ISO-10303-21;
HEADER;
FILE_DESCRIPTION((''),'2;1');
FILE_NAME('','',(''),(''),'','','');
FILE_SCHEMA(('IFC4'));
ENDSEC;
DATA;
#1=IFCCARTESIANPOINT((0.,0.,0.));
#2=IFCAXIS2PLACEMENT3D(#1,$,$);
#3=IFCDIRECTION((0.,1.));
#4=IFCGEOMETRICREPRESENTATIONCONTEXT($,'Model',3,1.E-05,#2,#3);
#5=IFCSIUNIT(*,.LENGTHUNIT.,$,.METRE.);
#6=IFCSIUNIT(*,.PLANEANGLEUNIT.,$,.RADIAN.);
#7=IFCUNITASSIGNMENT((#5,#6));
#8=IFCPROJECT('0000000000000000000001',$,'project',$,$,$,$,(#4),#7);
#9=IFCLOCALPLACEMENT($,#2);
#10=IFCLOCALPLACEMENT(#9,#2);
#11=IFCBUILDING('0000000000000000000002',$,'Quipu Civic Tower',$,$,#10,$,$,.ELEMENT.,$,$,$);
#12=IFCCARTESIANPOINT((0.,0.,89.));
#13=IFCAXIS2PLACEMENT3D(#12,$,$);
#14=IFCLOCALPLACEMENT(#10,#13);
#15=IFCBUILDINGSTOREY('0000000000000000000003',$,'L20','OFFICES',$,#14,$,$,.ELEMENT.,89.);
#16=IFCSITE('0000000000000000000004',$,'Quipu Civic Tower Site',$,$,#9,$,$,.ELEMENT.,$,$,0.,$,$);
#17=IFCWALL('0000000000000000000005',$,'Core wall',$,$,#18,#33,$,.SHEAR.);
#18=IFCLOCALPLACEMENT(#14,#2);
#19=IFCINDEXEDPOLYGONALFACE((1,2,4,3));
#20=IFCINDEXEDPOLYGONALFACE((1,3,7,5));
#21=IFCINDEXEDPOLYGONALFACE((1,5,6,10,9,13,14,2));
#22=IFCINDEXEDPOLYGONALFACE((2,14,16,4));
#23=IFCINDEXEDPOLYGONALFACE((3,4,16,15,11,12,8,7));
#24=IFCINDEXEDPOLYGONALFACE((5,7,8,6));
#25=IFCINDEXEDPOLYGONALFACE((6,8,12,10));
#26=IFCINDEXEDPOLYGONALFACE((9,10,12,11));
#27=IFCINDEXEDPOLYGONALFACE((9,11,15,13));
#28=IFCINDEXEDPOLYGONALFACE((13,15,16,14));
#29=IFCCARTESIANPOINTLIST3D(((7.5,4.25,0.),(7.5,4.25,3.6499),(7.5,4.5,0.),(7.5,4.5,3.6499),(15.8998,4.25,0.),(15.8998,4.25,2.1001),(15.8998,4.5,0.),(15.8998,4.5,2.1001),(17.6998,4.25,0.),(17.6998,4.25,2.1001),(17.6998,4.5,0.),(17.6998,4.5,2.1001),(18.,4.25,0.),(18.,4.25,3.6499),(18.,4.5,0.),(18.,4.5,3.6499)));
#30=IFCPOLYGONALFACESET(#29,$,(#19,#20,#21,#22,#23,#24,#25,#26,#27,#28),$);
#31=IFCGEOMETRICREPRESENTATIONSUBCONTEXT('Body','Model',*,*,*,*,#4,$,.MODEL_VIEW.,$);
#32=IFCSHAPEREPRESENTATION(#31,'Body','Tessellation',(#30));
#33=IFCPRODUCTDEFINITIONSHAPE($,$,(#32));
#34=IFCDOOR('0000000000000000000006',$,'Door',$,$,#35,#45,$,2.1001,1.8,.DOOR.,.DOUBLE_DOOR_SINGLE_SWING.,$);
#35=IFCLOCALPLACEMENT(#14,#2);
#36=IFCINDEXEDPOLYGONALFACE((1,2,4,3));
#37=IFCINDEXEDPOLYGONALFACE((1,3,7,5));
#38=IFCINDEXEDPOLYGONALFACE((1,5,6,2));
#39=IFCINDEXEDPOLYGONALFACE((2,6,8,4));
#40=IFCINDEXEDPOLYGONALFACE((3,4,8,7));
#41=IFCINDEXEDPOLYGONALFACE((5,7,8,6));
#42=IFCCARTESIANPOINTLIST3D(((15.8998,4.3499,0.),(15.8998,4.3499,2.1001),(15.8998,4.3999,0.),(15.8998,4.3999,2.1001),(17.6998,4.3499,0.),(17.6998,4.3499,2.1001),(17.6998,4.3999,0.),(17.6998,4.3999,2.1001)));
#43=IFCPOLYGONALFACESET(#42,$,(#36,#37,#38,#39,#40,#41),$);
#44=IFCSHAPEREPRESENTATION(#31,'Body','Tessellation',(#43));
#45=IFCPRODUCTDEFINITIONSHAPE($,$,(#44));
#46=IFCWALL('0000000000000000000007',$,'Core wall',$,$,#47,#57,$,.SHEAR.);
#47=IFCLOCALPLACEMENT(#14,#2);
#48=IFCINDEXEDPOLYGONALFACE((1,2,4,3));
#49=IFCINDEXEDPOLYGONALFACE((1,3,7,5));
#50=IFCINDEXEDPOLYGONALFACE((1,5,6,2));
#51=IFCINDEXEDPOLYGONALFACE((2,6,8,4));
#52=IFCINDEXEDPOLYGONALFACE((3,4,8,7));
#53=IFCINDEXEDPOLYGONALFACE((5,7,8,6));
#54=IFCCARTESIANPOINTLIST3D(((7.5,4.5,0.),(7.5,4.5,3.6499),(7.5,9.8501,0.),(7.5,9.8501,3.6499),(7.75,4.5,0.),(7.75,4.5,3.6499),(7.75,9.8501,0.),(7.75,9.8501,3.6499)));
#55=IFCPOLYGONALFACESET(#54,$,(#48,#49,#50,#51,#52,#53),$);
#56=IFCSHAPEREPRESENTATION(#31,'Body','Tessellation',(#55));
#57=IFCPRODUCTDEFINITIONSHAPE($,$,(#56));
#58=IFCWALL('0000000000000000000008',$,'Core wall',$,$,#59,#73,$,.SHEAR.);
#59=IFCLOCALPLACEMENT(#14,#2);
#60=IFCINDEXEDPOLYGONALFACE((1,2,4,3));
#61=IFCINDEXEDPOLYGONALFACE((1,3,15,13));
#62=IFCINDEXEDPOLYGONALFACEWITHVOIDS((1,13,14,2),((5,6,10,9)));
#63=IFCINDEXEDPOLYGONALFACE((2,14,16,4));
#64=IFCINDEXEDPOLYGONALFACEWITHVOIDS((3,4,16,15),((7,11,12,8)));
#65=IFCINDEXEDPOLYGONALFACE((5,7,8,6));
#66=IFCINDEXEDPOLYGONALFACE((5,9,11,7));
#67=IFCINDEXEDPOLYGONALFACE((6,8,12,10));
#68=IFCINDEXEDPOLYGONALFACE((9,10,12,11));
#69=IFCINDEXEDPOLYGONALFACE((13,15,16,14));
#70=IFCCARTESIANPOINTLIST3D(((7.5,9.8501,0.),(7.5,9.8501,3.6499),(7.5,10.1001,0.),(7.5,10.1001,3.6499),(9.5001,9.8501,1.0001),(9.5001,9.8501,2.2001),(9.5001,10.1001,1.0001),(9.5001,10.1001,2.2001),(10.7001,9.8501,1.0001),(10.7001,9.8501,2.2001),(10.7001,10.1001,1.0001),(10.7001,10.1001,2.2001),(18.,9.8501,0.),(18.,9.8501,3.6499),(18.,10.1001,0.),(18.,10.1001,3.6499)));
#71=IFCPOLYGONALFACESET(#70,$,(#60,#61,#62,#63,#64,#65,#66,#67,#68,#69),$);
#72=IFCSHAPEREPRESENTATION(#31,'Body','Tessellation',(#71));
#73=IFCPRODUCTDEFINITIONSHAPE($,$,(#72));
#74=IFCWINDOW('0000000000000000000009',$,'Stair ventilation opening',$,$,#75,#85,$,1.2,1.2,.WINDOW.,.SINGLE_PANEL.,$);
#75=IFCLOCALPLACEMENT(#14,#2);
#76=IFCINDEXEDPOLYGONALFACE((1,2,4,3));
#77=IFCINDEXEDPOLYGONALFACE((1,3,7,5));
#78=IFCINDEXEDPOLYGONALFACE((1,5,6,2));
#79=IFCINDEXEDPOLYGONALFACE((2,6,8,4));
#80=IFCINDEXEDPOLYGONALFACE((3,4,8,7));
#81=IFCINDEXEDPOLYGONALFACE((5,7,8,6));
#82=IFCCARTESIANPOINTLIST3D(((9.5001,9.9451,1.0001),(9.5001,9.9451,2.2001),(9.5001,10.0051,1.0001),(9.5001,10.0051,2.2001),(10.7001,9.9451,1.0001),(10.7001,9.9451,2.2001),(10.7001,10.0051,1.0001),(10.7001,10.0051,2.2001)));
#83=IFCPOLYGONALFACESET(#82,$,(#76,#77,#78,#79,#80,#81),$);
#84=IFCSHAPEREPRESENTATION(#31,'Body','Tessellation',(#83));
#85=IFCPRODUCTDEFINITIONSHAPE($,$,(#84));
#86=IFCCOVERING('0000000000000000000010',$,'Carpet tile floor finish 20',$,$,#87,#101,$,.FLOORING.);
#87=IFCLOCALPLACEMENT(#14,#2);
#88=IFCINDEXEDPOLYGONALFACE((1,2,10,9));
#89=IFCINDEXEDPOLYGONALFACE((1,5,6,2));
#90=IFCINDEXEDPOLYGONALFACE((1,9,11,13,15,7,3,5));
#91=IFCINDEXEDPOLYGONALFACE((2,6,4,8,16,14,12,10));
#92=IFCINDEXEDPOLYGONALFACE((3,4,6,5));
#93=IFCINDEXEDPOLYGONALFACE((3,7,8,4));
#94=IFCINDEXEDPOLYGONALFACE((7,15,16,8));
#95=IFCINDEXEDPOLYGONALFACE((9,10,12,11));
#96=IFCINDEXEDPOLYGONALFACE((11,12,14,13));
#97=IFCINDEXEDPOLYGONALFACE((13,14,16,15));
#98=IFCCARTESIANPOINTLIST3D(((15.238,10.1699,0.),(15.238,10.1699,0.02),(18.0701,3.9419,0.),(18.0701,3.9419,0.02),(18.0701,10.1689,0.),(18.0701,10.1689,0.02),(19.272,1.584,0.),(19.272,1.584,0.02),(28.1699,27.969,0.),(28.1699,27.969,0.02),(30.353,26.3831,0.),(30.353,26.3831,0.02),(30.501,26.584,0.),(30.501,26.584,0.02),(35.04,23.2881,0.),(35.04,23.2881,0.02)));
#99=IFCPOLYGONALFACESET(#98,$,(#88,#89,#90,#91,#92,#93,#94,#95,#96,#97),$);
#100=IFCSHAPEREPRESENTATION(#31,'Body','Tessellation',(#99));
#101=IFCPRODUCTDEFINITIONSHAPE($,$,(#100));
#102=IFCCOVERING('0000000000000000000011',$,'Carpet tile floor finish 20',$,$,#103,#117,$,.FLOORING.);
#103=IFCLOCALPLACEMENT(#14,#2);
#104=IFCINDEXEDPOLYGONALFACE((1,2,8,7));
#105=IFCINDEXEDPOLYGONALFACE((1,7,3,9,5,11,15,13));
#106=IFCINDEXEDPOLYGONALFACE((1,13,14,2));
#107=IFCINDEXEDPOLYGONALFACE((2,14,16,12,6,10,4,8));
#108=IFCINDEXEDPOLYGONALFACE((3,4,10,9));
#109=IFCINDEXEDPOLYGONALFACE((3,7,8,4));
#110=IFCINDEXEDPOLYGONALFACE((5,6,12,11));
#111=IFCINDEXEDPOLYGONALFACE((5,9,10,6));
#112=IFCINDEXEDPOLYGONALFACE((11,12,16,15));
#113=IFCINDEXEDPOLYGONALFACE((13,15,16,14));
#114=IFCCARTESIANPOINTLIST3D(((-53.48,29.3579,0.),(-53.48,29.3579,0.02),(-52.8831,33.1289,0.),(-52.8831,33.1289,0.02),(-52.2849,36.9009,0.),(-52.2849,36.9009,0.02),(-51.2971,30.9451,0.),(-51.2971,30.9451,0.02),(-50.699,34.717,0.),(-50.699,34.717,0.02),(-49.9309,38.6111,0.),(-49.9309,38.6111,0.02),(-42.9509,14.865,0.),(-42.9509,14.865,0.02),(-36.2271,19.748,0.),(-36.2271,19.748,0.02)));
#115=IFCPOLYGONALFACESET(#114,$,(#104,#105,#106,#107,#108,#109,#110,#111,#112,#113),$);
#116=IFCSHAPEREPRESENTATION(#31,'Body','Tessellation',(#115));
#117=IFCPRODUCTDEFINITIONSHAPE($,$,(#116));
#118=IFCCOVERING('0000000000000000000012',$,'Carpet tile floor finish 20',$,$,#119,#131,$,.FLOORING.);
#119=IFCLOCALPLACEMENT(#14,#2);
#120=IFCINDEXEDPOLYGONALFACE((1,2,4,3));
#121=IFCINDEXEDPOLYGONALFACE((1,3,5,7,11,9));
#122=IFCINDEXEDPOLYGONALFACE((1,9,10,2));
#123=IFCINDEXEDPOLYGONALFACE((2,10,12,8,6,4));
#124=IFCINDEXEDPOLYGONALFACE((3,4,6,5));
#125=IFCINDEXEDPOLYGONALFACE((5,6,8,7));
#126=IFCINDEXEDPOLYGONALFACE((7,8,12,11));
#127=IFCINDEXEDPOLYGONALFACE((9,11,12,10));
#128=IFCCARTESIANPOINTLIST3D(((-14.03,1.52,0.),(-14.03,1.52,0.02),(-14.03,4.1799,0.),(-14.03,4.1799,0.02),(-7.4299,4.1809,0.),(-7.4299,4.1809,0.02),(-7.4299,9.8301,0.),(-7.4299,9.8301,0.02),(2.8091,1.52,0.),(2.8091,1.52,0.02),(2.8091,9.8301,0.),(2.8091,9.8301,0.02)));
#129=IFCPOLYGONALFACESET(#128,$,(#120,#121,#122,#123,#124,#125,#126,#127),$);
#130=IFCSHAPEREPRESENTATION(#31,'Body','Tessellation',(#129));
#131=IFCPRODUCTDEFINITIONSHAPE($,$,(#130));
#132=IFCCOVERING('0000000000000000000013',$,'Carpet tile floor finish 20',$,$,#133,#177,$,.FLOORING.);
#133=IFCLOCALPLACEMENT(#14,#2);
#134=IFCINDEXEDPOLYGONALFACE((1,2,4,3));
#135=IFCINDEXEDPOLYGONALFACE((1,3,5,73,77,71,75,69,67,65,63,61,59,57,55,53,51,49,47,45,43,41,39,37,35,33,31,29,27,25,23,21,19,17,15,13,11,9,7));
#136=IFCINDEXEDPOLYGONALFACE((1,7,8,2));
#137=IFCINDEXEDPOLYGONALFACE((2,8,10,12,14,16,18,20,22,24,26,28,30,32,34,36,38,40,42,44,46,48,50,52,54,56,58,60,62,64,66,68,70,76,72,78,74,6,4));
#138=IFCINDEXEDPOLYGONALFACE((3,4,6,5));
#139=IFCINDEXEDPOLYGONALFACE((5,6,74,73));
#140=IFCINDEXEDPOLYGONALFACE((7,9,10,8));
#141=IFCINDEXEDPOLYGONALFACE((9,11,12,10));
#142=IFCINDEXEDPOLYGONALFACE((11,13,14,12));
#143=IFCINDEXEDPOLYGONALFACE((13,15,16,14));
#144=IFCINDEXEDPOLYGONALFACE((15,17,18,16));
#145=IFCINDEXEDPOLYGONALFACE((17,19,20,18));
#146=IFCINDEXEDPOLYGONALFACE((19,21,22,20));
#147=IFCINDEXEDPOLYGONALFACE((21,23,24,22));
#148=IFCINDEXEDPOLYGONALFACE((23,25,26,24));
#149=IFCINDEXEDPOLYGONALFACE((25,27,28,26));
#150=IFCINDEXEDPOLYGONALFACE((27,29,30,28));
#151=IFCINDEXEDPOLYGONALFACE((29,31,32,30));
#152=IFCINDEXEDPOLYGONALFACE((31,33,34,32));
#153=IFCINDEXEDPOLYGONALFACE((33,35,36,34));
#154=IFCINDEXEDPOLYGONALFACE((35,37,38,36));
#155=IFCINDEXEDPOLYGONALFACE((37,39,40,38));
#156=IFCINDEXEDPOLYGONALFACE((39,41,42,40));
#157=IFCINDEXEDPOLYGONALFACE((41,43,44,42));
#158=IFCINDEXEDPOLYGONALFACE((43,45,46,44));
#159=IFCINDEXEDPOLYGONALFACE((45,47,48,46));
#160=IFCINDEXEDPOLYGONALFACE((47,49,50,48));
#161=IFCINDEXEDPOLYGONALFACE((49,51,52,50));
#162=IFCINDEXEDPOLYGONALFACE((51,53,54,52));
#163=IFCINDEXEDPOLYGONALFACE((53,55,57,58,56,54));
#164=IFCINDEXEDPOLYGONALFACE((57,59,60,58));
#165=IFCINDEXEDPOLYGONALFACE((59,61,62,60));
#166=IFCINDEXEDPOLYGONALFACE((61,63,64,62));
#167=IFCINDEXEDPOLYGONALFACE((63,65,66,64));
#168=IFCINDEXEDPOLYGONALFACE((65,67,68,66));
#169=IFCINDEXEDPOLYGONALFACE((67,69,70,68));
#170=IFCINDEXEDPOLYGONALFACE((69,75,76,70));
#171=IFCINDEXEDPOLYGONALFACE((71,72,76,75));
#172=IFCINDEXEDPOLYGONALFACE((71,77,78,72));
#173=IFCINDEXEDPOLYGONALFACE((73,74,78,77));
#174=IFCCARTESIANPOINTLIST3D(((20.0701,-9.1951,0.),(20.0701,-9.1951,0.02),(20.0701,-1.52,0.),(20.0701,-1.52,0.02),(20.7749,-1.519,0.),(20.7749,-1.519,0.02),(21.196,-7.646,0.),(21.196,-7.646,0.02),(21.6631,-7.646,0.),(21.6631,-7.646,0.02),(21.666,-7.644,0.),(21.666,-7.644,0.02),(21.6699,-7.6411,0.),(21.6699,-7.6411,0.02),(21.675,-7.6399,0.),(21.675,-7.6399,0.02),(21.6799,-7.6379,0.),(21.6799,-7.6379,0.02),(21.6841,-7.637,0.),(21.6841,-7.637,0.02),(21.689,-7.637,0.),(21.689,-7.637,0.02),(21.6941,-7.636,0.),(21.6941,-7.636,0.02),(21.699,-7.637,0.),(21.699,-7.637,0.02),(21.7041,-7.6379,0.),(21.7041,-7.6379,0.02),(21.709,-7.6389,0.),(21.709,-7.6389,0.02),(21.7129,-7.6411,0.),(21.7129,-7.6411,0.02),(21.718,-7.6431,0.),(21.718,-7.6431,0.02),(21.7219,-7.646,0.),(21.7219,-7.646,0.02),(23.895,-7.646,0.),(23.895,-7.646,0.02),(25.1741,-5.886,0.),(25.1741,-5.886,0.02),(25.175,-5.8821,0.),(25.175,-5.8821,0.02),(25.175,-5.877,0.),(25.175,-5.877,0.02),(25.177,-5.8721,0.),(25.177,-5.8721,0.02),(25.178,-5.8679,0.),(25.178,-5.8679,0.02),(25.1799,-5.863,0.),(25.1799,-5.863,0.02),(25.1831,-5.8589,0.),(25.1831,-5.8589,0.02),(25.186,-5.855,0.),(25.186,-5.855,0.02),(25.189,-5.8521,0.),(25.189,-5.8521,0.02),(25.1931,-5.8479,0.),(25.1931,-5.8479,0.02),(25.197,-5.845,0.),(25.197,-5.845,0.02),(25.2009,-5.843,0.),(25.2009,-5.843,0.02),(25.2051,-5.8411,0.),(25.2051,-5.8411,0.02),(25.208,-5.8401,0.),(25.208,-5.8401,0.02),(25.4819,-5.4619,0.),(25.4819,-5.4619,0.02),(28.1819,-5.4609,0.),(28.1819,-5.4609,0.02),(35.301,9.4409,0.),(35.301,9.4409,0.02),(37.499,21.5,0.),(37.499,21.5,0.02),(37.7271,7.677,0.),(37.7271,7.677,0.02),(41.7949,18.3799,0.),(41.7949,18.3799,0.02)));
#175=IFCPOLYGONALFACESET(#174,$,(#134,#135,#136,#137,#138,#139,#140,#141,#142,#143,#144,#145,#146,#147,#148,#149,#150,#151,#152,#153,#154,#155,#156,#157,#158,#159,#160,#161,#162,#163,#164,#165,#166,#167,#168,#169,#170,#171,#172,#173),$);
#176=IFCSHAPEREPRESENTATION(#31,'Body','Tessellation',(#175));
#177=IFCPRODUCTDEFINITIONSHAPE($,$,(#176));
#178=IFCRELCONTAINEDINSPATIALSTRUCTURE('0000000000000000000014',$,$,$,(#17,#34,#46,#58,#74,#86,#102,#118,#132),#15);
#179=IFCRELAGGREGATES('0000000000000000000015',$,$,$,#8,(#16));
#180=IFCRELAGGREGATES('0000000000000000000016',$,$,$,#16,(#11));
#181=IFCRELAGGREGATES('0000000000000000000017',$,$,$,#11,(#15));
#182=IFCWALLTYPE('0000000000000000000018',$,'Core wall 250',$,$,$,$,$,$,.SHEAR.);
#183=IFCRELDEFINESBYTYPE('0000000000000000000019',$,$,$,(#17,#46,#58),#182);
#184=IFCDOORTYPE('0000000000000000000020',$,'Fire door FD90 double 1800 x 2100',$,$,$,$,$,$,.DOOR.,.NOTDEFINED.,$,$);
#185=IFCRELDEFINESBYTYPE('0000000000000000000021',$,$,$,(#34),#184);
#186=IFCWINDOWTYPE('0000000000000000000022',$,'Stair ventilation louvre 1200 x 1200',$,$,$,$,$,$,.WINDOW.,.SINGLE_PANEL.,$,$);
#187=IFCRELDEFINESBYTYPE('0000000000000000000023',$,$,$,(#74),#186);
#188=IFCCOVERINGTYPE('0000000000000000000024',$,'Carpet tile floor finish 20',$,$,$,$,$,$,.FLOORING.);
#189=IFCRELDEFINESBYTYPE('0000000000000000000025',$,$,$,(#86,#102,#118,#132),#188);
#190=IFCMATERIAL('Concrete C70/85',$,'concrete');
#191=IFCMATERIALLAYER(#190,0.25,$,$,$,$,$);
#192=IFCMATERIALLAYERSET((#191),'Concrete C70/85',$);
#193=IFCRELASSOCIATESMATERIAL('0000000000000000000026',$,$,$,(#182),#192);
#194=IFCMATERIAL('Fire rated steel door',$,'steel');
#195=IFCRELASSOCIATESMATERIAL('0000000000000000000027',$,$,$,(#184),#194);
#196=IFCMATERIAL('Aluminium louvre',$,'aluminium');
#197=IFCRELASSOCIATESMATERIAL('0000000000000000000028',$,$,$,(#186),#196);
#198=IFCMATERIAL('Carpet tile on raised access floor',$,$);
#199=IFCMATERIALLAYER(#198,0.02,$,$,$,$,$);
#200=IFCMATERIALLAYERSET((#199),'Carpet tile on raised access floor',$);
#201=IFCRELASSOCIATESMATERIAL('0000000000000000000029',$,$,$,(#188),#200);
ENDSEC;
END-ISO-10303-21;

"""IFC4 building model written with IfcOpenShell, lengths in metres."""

from ifc_helpers import new_model, si_unit, direction, frame, frame_2d, origin, place, context, subcontext, project, spatial, polyline, rectangle, outline, extrude, material, layer, layer_set, type_object, element, fill, save


model = new_model("IFC4")

# Units and contexts
model_context = context("Model", 3, precision=1e-05, world=origin(), true_north=direction((0.0, 1.0)))
body_context = subcontext(model_context, "Body", "Model", "MODEL_VIEW")
ifc_project = project(units=[si_unit("LENGTHUNIT", "METRE"), si_unit("PLANEANGLEUNIT", "RADIAN")], contexts=[model_context])

# Site, building, storey
site_placement = place(None, origin())
site = spatial("IfcSite", under=ifc_project, at=site_placement, Name="Quipu Civic Tower Site", CompositionType="ELEMENT", RefElevation=0.0)
building_placement = place(site_placement, origin())
building = spatial("IfcBuilding", under=site, at=building_placement, Name="Quipu Civic Tower", CompositionType="ELEMENT")
storey_placement = place(building_placement, frame((0.0, 0.0, 89.0)))
storey = spatial("IfcBuildingStorey", under=building, at=storey_placement, Name="L20", Description="OFFICES", CompositionType="ELEMENT", Elevation=89.0)

# Wall, opening, door
ifc_material_1 = material(Name="Concrete C70/85", Category="concrete")
ifc_layer_1 = layer(ifc_material_1, 0.25)
ifc_layer_set_1 = layer_set([ifc_layer_1], Name="Concrete C70/85")
wall_type_1 = type_object("IfcWallType", Name="Core wall 250", PredefinedType="SHEAR", material=ifc_layer_set_1)
wall_1_placement = place(storey_placement, frame((7.5, 4.375, 0.0), z_axis=(0.0, 0.0, 1.0), x_axis=(1.0, 0.0, 0.0)))
wall_1 = element("IfcWall", 1, at=wall_1_placement, inside=storey, type_object=wall_type_1, Name="Core wall", PredefinedType="SHEAR", context=body_context, shape_type="SweptSolid", body=[
    extrude(rectangle(XDim=10.5, YDim=0.25, at=frame_2d((5.25, 0.0))), origin(), (0.0, 0.0, 1.0), 3.6499),
])
opening_1_placement = place(wall_1_placement, frame((8.3999, 0.0, 0.0)))
opening_1 = element("IfcOpeningElement", 2, at=opening_1_placement, cuts=wall_1, PredefinedType="OPENING", context=body_context, shape_type="SweptSolid", body=[
    extrude(rectangle(XDim=1.8, YDim=2.1001, at=frame_2d((0.8999, 1.05))), frame((0.0, 0.135, 0.0), z_axis=(0.0, -1.0, 0.0), x_axis=(1.0, 0.0, 0.0)), (0.0, 0.0, 1.0), 0.27),
])
ifc_material_2 = material(Name="Fire rated steel door", Category="steel")
door_type = type_object("IfcDoorType", Name="Fire door FD90 double 1800 x 2100", OperationType="NOTDEFINED", PredefinedType="DOOR", material=ifc_material_2)
door_placement = place(opening_1_placement, origin())
door = element("IfcDoor", 3, at=door_placement, inside=storey, type_object=door_type, Name="Door", OperationType="DOUBLE_DOOR_SINGLE_SWING", OverallHeight=2.1001, OverallWidth=1.8, PredefinedType="DOOR", context=body_context, shape_type="SweptSolid", body=[
    extrude(rectangle(XDim=1.8, YDim=2.1001, at=frame_2d((0.8999, 1.05))), frame((0.0, 0.0249, 0.0), z_axis=(0.0, -1.0, 0.0), x_axis=(1.0, 0.0, 0.0)), (0.0, 0.0, 1.0), 0.05),
])
fill(opening_1, door)

# Wall
wall_2_placement = place(storey_placement, frame((7.625, 4.5, 0.0), z_axis=(0.0, 0.0, 1.0), x_axis=(0.0, 1.0, 0.0)))
element("IfcWall", 4, at=wall_2_placement, inside=storey, type_object=wall_type_1, Name="Core wall", PredefinedType="SHEAR", context=body_context, shape_type="SweptSolid", body=[
    extrude(rectangle(XDim=5.3501, YDim=0.25, at=frame_2d((2.675, 0.0))), origin(), (0.0, 0.0, 1.0), 3.6499),
])

# Wall, opening, window
wall_3_placement = place(storey_placement, frame((7.5, 9.9751, 0.0), z_axis=(0.0, 0.0, 1.0), x_axis=(1.0, 0.0, 0.0)))
wall_3 = element("IfcWall", 5, at=wall_3_placement, inside=storey, type_object=wall_type_1, Name="Core wall", PredefinedType="SHEAR", context=body_context, shape_type="SweptSolid", body=[
    extrude(rectangle(XDim=10.5, YDim=0.25, at=frame_2d((5.25, 0.0))), origin(), (0.0, 0.0, 1.0), 3.6499),
])
opening_2_placement = place(wall_3_placement, frame((2.0, 0.0, 1.0)))
opening_2 = element("IfcOpeningElement", 6, at=opening_2_placement, cuts=wall_3, PredefinedType="OPENING", context=body_context, shape_type="SweptSolid", body=[
    extrude(rectangle(XDim=1.2, YDim=1.2, at=frame_2d((0.6001, 0.6001))), frame((0.0, 0.135, 0.0), z_axis=(0.0, -1.0, 0.0), x_axis=(1.0, 0.0, 0.0)), (0.0, 0.0, 1.0), 0.27),
])
ifc_material_3 = material(Name="Aluminium louvre", Category="aluminium")
window_type = type_object("IfcWindowType", Name="Stair ventilation louvre 1200 x 1200", PartitioningType="SINGLE_PANEL", PredefinedType="WINDOW", material=ifc_material_3)
window_placement = place(opening_2_placement, origin())
window = element("IfcWindow", 7, at=window_placement, inside=storey, type_object=window_type, Name="Stair ventilation opening", OverallHeight=1.2, OverallWidth=1.2, PartitioningType="SINGLE_PANEL", PredefinedType="WINDOW", context=body_context, shape_type="SweptSolid", body=[
    extrude(rectangle(XDim=1.2, YDim=1.2, at=frame_2d((0.6001, 0.6001))), frame((0.0, 0.03, 0.0), z_axis=(0.0, -1.0, 0.0), x_axis=(1.0, 0.0, 0.0)), (0.0, 0.0, 1.0), 0.0601),
])
fill(opening_2, window)

# Coverings
ifc_material_4 = material(Name="Carpet tile on raised access floor")
ifc_layer_2 = layer(ifc_material_4, 0.02)
ifc_layer_set_2 = layer_set([ifc_layer_2], Name="Carpet tile on raised access floor")
covering_type_1 = type_object("IfcCoveringType", Name="Carpet tile floor finish 20", PredefinedType="FLOORING", material=ifc_layer_set_2)
covering_1_placement = place(storey_placement, origin())
element("IfcCovering", 8, at=covering_1_placement, inside=storey, type_object=covering_type_1, Name="Carpet tile floor finish 20", PredefinedType="FLOORING", context=body_context, shape_type="SweptSolid", body=[
    extrude(outline(polyline([(15.238, 10.1699), (28.1699, 27.969), (30.353, 26.3831), (30.501, 26.584), (35.04, 23.2881), (19.272, 1.584), (18.0701, 3.9419), (18.0701, 10.1689), (15.238, 10.1699)])), origin(), (0.0, 0.0, 1.0), 0.02),
])
covering_2_placement = place(storey_placement, origin())
element("IfcCovering", 9, at=covering_2_placement, inside=storey, type_object=covering_type_1, Name="Carpet tile floor finish 20", PredefinedType="FLOORING", context=body_context, shape_type="SweptSolid", body=[
    extrude(outline(polyline([(-53.48, 29.3579), (-51.2971, 30.9451), (-52.8831, 33.1289), (-50.699, 34.717), (-52.2849, 36.9009), (-49.9309, 38.6111), (-36.2271, 19.748), (-42.9509, 14.865), (-53.48, 29.3579)])), origin(), (0.0, 0.0, 1.0), 0.02),
])
covering_3_placement = place(storey_placement, origin())
element("IfcCovering", 10, at=covering_3_placement, inside=storey, type_object=covering_type_1, Name="Carpet tile floor finish 20", PredefinedType="FLOORING", context=body_context, shape_type="SweptSolid", body=[
    extrude(outline(polyline([(-14.03, 1.52), (-14.03, 4.1799), (-7.4299, 4.1809), (-7.4299, 9.8301), (2.8091, 9.8301), (2.8091, 1.52), (-14.03, 1.52)])), origin(), (0.0, 0.0, 1.0), 0.02),
])
covering_4_placement = place(storey_placement, origin())
element("IfcCovering", 11, at=covering_4_placement, inside=storey, type_object=covering_type_1, Name="Carpet tile floor finish 20", PredefinedType="FLOORING", context=body_context, shape_type="SweptSolid", body=[
    extrude(outline(polyline([(20.0701, -9.1951), (20.0701, -1.52), (20.7749, -1.519), (37.499, 21.5), (41.7949, 18.3799), (35.301, 9.4409), (37.7271, 7.677), (28.1819, -5.4609), (25.4819, -5.4619), (25.208, -5.8401), (25.2051, -5.8411), (25.2009, -5.843), (25.197, -5.845), (25.1931, -5.8479), (25.189, -5.8521), (25.186, -5.855), (25.1831, -5.8589), (25.1799, -5.863), (25.178, -5.8679), (25.177, -5.8721), (25.175, -5.877), (25.175, -5.8821), (25.1741, -5.886), (23.895, -7.646), (21.7219, -7.646), (21.7219, -7.646), (21.718, -7.6431), (21.7129, -7.6411), (21.709, -7.6389), (21.7041, -7.6379), (21.699, -7.637), (21.6941, -7.636), (21.689, -7.637), (21.6841, -7.637), (21.6799, -7.6379), (21.675, -7.6399), (21.6699, -7.6411), (21.666, -7.644), (21.6631, -7.646), (21.196, -7.646), (20.0701, -9.1951)])), origin(), (0.0, 0.0, 1.0), 0.02),
])

save(model, "model.ifc")
